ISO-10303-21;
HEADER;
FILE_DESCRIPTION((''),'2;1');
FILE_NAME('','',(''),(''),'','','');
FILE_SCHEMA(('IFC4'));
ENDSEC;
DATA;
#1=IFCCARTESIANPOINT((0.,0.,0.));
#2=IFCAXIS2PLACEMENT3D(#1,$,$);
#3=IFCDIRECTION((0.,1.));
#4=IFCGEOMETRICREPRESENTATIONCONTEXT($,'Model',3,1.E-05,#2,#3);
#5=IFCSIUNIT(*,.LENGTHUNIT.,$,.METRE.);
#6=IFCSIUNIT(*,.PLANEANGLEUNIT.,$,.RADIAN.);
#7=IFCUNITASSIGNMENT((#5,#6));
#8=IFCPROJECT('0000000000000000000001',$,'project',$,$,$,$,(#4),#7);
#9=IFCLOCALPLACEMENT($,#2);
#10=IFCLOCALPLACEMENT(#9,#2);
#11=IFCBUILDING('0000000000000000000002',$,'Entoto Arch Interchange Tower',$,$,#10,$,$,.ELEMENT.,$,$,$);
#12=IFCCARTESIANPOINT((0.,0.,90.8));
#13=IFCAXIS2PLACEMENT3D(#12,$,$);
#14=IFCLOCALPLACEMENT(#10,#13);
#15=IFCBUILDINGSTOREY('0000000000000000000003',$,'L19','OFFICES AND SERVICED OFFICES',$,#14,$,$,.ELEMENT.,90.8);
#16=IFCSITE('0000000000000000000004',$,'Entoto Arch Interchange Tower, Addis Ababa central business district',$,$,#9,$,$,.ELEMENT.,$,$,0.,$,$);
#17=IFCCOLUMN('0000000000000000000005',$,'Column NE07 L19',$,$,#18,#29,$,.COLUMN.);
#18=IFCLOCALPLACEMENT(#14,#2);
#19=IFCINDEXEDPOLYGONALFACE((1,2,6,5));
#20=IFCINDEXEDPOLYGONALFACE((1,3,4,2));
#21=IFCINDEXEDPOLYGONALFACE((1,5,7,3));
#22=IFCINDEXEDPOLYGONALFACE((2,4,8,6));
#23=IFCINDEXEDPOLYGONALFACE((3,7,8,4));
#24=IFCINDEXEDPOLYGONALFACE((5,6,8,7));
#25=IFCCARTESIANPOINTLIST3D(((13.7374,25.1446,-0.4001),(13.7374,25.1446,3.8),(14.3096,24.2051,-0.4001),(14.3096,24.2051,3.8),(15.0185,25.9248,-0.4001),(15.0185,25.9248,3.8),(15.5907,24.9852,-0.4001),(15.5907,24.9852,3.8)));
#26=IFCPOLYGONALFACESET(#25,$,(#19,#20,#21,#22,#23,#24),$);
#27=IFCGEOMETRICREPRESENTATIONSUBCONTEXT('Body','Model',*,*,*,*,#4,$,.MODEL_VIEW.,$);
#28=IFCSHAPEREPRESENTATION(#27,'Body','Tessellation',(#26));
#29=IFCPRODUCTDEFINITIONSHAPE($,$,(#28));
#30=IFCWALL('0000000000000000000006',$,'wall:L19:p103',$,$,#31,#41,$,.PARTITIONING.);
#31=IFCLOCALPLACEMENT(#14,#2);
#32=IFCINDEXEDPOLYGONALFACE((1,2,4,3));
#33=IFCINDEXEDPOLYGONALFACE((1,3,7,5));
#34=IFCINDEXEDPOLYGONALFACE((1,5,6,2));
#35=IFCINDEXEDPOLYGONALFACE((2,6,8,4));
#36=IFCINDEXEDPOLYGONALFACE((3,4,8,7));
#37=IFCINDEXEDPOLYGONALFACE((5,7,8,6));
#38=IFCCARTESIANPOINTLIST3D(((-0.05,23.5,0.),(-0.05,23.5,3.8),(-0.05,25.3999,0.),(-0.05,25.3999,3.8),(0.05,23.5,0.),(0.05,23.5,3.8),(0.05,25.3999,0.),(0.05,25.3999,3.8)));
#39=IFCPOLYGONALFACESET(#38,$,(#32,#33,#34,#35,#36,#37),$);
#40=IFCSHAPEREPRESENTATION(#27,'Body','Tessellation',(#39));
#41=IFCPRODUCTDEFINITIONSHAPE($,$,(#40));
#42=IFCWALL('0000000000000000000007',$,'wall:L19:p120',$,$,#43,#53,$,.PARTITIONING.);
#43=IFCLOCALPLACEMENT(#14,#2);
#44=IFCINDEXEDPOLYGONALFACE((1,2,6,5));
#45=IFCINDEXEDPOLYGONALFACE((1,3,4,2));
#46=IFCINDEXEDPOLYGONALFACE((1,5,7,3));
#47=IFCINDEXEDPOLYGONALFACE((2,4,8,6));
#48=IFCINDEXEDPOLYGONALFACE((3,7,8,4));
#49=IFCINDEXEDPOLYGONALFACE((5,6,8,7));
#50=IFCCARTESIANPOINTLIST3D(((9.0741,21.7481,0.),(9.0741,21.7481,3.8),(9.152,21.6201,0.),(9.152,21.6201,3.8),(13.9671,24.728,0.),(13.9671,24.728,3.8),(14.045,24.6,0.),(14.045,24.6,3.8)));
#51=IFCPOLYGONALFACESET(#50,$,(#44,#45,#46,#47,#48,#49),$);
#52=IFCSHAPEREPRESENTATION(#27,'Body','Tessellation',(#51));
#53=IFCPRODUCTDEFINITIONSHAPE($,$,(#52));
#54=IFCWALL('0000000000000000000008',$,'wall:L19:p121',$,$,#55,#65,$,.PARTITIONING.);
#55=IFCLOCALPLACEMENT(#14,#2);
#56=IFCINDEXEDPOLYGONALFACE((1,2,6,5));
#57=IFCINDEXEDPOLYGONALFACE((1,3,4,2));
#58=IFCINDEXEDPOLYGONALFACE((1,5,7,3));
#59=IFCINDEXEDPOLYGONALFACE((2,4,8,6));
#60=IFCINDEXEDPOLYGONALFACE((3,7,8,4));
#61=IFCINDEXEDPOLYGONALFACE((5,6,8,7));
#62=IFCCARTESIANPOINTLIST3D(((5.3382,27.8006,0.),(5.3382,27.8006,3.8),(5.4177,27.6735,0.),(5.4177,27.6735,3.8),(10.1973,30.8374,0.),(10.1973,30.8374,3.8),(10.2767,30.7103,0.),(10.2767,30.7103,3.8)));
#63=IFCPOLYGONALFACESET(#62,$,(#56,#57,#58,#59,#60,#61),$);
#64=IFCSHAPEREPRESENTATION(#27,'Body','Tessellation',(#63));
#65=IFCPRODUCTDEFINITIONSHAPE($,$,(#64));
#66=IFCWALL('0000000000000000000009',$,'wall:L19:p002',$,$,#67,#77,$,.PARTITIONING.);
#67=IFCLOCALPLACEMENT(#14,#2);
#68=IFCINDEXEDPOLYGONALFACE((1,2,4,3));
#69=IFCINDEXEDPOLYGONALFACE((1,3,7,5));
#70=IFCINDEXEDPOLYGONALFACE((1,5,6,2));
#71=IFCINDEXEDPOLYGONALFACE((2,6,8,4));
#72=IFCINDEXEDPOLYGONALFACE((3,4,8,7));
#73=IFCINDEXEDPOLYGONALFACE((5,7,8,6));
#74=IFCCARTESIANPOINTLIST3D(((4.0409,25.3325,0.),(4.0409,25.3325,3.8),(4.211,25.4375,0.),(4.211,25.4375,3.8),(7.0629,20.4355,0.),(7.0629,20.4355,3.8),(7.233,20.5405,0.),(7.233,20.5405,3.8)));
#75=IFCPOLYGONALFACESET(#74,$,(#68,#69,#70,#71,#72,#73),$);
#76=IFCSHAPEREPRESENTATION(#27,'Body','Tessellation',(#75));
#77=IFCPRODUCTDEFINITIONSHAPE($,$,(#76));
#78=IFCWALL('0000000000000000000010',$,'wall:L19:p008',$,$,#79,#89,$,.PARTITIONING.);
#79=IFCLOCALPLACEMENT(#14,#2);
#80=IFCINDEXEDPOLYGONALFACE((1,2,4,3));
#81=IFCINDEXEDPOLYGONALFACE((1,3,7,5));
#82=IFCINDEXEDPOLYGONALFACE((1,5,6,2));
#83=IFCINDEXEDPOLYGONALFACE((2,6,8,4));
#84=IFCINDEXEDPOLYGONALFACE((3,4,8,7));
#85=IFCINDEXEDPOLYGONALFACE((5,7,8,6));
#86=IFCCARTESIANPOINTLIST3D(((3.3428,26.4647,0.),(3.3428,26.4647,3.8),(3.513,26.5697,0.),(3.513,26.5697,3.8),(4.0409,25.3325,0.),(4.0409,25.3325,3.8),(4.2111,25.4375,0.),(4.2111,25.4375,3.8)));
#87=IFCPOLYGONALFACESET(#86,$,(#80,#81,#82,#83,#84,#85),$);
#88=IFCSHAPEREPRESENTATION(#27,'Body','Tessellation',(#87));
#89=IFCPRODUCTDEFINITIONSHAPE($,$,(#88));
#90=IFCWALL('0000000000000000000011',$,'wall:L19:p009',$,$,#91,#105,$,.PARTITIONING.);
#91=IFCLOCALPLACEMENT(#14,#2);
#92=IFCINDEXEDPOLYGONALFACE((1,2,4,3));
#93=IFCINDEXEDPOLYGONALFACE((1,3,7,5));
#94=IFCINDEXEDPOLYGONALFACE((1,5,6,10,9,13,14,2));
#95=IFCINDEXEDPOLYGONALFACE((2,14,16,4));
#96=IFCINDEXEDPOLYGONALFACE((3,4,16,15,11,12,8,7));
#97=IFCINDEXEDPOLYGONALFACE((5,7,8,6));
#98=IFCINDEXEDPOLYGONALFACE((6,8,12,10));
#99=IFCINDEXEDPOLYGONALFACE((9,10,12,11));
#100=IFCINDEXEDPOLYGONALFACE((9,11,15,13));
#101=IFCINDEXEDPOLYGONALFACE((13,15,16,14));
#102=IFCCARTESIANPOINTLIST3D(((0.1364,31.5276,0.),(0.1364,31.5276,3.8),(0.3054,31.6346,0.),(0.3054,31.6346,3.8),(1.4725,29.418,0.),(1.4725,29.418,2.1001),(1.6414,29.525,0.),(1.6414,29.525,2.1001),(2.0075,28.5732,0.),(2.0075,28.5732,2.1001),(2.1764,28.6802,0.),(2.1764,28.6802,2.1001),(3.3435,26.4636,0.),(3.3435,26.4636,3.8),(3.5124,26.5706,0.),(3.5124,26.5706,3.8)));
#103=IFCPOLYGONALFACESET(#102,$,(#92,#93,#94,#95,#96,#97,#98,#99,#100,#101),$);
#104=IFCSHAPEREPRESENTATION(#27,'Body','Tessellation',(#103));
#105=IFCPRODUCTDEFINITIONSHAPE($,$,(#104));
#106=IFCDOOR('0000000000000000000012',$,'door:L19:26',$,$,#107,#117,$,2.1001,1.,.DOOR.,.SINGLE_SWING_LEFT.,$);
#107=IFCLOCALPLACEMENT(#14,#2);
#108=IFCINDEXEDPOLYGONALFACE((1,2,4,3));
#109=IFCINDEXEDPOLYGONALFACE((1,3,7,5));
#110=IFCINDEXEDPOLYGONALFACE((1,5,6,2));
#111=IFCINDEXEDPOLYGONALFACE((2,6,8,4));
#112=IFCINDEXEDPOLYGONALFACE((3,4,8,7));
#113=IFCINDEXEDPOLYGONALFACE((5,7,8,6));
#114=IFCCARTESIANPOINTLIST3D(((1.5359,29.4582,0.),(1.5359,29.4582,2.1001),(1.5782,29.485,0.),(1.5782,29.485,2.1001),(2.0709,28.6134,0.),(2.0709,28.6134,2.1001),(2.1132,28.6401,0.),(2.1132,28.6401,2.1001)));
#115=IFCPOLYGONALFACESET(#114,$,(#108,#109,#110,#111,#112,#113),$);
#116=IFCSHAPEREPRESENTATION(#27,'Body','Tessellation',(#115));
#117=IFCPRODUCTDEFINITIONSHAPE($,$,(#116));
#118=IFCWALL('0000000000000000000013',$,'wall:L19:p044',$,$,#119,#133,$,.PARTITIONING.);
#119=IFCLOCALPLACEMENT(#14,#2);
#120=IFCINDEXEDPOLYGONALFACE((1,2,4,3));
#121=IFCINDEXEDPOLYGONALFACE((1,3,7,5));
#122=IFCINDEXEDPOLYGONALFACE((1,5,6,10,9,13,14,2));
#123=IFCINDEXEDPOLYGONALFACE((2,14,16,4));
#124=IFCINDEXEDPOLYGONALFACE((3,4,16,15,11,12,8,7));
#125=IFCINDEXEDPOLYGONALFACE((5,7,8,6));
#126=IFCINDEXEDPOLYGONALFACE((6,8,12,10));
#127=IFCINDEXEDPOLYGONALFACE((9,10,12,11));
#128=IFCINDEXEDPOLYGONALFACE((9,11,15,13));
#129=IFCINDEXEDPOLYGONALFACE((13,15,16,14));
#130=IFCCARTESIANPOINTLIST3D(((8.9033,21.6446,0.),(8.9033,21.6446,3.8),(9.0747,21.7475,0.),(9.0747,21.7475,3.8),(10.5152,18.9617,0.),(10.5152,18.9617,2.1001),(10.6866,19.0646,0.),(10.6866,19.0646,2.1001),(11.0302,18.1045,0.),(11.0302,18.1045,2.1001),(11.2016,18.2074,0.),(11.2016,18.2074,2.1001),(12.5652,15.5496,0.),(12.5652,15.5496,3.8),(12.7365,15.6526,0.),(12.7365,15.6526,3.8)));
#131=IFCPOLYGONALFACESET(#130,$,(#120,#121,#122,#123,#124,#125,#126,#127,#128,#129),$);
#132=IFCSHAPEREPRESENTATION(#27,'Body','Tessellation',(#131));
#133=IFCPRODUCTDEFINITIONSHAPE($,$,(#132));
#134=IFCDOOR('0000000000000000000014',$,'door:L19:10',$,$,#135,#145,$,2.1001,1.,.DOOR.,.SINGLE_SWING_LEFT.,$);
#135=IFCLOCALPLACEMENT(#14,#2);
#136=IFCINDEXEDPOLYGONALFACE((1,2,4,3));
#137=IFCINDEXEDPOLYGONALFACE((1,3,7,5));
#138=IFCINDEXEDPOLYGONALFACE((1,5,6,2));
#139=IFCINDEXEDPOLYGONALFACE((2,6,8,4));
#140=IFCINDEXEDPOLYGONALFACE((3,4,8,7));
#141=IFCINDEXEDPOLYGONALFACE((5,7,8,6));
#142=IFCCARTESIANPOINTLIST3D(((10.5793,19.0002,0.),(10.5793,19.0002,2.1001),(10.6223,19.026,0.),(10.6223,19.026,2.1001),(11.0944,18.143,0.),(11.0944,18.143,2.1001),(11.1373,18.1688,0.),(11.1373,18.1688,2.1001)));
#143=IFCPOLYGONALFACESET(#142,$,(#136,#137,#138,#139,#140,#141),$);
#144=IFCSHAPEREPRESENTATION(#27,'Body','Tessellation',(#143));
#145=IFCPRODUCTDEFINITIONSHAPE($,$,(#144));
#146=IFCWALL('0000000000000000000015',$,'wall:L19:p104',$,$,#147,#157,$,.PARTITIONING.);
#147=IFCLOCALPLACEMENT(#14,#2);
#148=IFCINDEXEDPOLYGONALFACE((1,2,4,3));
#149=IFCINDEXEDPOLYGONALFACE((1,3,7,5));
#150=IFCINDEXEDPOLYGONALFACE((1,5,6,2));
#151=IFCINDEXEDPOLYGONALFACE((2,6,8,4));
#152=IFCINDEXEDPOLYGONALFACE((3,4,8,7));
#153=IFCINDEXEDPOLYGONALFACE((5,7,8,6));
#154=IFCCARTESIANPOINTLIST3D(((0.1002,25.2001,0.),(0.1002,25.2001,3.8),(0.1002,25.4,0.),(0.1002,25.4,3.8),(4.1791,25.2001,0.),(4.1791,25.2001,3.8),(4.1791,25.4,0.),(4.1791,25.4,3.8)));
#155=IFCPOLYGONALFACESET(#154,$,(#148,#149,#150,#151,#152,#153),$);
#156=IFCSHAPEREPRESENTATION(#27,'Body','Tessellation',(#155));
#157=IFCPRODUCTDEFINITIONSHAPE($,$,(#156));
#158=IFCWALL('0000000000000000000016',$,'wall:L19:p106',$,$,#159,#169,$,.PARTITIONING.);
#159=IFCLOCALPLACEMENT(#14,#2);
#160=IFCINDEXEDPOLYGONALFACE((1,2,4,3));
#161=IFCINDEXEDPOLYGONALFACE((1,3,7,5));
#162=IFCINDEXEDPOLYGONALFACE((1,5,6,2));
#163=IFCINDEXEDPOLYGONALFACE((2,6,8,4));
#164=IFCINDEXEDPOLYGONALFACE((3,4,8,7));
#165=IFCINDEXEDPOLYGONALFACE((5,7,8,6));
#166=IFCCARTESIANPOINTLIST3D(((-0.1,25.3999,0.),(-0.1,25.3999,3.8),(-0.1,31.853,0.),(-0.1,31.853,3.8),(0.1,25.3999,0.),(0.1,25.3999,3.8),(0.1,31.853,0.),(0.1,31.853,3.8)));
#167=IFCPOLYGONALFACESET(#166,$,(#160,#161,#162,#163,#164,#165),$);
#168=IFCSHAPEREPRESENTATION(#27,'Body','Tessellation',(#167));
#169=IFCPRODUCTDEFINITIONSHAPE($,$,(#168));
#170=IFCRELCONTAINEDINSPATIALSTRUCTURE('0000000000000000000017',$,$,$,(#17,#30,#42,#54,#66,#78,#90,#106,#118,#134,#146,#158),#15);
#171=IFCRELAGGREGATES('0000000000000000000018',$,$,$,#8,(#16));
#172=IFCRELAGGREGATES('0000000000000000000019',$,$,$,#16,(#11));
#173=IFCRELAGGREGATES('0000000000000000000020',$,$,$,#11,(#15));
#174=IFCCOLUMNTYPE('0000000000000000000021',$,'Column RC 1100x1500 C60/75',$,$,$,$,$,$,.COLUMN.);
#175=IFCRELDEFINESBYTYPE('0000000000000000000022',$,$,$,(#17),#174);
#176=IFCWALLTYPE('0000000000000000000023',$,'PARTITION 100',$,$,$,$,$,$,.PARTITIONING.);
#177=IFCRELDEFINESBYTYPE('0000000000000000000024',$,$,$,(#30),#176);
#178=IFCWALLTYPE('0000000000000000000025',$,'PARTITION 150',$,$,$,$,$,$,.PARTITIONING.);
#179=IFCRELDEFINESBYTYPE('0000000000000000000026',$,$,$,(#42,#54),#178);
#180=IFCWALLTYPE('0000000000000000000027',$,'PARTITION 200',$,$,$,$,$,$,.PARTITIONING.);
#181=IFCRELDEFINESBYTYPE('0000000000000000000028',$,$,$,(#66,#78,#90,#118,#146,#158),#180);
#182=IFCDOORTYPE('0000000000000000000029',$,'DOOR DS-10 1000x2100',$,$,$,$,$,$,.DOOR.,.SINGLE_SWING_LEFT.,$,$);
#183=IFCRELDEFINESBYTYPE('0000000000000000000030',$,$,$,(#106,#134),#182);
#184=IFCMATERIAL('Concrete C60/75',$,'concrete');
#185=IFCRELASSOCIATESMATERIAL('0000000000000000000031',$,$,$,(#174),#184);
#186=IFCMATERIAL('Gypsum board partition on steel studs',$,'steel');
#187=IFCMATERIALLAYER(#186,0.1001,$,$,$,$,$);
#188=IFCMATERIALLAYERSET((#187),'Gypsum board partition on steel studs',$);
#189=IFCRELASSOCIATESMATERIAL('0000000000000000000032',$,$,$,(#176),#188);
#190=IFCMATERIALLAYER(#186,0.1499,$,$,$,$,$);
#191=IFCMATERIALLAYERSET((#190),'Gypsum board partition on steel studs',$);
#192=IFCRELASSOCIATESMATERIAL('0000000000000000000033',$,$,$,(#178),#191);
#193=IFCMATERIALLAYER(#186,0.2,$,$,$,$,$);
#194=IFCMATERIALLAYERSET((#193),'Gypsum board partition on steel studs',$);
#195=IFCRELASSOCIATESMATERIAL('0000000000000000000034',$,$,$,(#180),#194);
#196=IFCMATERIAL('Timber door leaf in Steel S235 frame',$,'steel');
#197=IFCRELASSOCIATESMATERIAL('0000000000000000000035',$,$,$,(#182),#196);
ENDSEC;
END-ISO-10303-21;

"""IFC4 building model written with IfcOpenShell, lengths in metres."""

from ifc_helpers import new_model, si_unit, direction, frame, frame_2d, origin, origin_2d, place, context, subcontext, project, spatial, rectangle, extrude, material, layer, layer_set, material_profile, profile_set, type_object, element, fill, save


model = new_model("IFC4")

# Units and contexts
model_context = context("Model", 3, precision=1e-05, world=origin(), true_north=direction((0.0, 1.0)))
body_context = subcontext(model_context, "Body", "Model", "MODEL_VIEW")
ifc_project = project(units=[si_unit("LENGTHUNIT", "METRE"), si_unit("PLANEANGLEUNIT", "RADIAN")], contexts=[model_context])

# Site, building, storey
site_placement = place(None, origin())
site = spatial("IfcSite", under=ifc_project, at=site_placement, Name="Entoto Arch Interchange Tower, Addis Ababa central business district", CompositionType="ELEMENT", RefElevation=0.0)
building_placement = place(site_placement, origin())
building = spatial("IfcBuilding", under=site, at=building_placement, Name="Entoto Arch Interchange Tower", CompositionType="ELEMENT")
storey_placement = place(building_placement, frame((0.0, 0.0, 90.8)))
storey = spatial("IfcBuildingStorey", under=building, at=storey_placement, Name="L19", Description="OFFICES AND SERVICED OFFICES", CompositionType="ELEMENT", Elevation=90.8)

# Column
ifc_material_1 = material(Name="Concrete C60/75", Category="concrete")
ifc_material_profile = material_profile(ifc_material_1, rectangle(XDim=1.1001, YDim=1.5, at=origin_2d()))
ifc_profile_set = profile_set([ifc_material_profile], Name="Concrete C60/75")
column_type = type_object("IfcColumnType", Name="Column RC 1100x1500 C60/75", PredefinedType="COLUMN", material=ifc_profile_set)
column_placement = place(storey_placement, frame((14.6641, 25.0649, -0.4001), z_axis=(0.0, 0.0, 1.0), x_axis=(-0.520116, 0.854096, 0.0)))
element("IfcColumn", 1, at=column_placement, inside=storey, type_object=column_type, Name="Column NE07 L19", PredefinedType="COLUMN", context=body_context, shape_type="SweptSolid", body=[
    extrude(rectangle(XDim=1.1001, YDim=1.5, at=origin_2d()), origin(), (0.0, 0.0, 1.0), 4.2002),
])

# Walls
ifc_material_2 = material(Name="Gypsum board partition on steel studs", Category="steel")
ifc_layer_1 = layer(ifc_material_2, 0.1001)
ifc_layer_set_1 = layer_set([ifc_layer_1], Name="Gypsum board partition on steel studs")
wall_type_1 = type_object("IfcWallType", Name="PARTITION 100", PredefinedType="PARTITIONING", material=ifc_layer_set_1)
wall_1_placement = place(storey_placement, frame((0.0, 23.5, 0.0), z_axis=(0.0, 0.0, 1.0), x_axis=(0.0, 1.0, 0.0)))
element("IfcWall", 2, at=wall_1_placement, inside=storey, type_object=wall_type_1, Name="wall:L19:p103", PredefinedType="PARTITIONING", context=body_context, shape_type="SweptSolid", body=[
    extrude(rectangle(XDim=1.8999, YDim=0.1001, at=frame_2d((0.95, 0.0))), origin(), (0.0, 0.0, 1.0), 3.8),
])
ifc_layer_2 = layer(ifc_material_2, 0.1499)
ifc_layer_set_2 = layer_set([ifc_layer_2], Name="Gypsum board partition on steel studs")
wall_type_2 = type_object("IfcWallType", Name="PARTITION 150", PredefinedType="PARTITIONING", material=ifc_layer_set_2)
wall_2_placement = place(storey_placement, frame((9.113, 21.6841, 0.0), z_axis=(0.0, 0.0, 1.0), x_axis=(0.854075, 0.52015, 0.0)))
element("IfcWall", 3, at=wall_2_placement, inside=storey, type_object=wall_type_2, Name="wall:L19:p120", PredefinedType="PARTITIONING", context=body_context, shape_type="SweptSolid", body=[
    extrude(rectangle(XDim=5.729, YDim=0.1499, at=frame_2d((2.8645, 0.0))), origin(), (0.0, 0.0, 1.0), 3.8),
])
wall_3_placement = place(storey_placement, frame((5.3779, 27.7371, 0.0), z_axis=(0.0, 0.0, 1.0), x_axis=(0.848005, 0.529987, 0.0)))
element("IfcWall", 4, at=wall_3_placement, inside=storey, type_object=wall_type_2, Name="wall:L19:p121", PredefinedType="PARTITIONING", context=body_context, shape_type="SweptSolid", body=[
    extrude(rectangle(XDim=5.73, YDim=0.1499, at=frame_2d((2.865, 0.0))), origin(), (0.0, 0.0, 1.0), 3.8),
])
ifc_layer_3 = layer(ifc_material_2, 0.2)
ifc_layer_set_3 = layer_set([ifc_layer_3], Name="Gypsum board partition on steel studs")
wall_type_3 = type_object("IfcWallType", Name="PARTITION 200", PredefinedType="PARTITIONING", material=ifc_layer_set_3)
wall_4_placement = place(storey_placement, frame((7.1479, 20.488, 0.0), z_axis=(0.0, 0.0, 1.0), x_axis=(-0.525162, 0.851002, 0.0)))
element("IfcWall", 5, at=wall_4_placement, inside=storey, type_object=wall_type_3, Name="wall:L19:p002", PredefinedType="PARTITIONING", context=body_context, shape_type="SweptSolid", body=[
    extrude(rectangle(XDim=5.7544, YDim=0.2, at=frame_2d((2.8772, 0.0))), origin(), (0.0, 0.0, 1.0), 3.8),
])
wall_5_placement = place(storey_placement, frame((4.126, 25.385, 0.0), z_axis=(0.0, 0.0, 1.0), x_axis=(-0.524824, 0.851211, 0.0)))
element("IfcWall", 6, at=wall_5_placement, inside=storey, type_object=wall_type_3, Name="wall:L19:p008", PredefinedType="PARTITIONING", context=body_context, shape_type="SweptSolid", body=[
    extrude(rectangle(XDim=1.3301, YDim=0.2, at=frame_2d((0.665, 0.0))), origin(), (0.0, 0.0, 1.0), 3.8),
])

# Walls, openings, doors
wall_6_placement = place(storey_placement, frame((3.428, 26.5171, 0.0), z_axis=(0.0, 0.0, 1.0), x_axis=(-0.535035, 0.84483, 0.0)))
wall_6 = element("IfcWall", 7, at=wall_6_placement, inside=storey, type_object=wall_type_3, Name="wall:L19:p009", PredefinedType="PARTITIONING", context=body_context, shape_type="SweptSolid", body=[
    extrude(rectangle(XDim=5.9941, YDim=0.2, at=frame_2d((2.9971, 0.0))), origin(), (0.0, 0.0, 1.0), 3.8),
])
opening_1_placement = place(wall_6_placement, frame((2.4971, 0.0, 0.0)))
opening_1 = element("IfcOpeningElement", 8, at=opening_1_placement, cuts=wall_6, PredefinedType="OPENING", context=body_context, shape_type="SweptSolid", body=[
    extrude(rectangle(XDim=1.0, YDim=2.1001, at=frame_2d((0.5, 1.05))), frame((0.0, 0.1099, 0.0), z_axis=(0.0, -1.0, 0.0), x_axis=(1.0, 0.0, 0.0)), (0.0, 0.0, 1.0), 0.22),
])
ifc_material_3 = material(Name="Timber door leaf in Steel S235 frame", Category="steel")
door_type = type_object("IfcDoorType", Name="DOOR DS-10 1000x2100", OperationType="SINGLE_SWING_LEFT", PredefinedType="DOOR", material=ifc_material_3)
door_1_placement = place(opening_1_placement, origin())
door_1 = element("IfcDoor", 9, at=door_1_placement, inside=storey, type_object=door_type, Name="door:L19:26", OperationType="SINGLE_SWING_LEFT", OverallHeight=2.1001, OverallWidth=1.0, PredefinedType="DOOR", context=body_context, shape_type="SweptSolid", body=[
    extrude(rectangle(XDim=1.0, YDim=2.1001, at=frame_2d((0.5, 1.05))), frame((0.0, 0.0249, 0.0), z_axis=(0.0, -1.0, 0.0), x_axis=(1.0, 0.0, 0.0)), (0.0, 0.0, 1.0), 0.05),
])
fill(opening_1, door_1)
wall_7_placement = place(storey_placement, frame((8.989, 21.696, 0.0), z_axis=(0.0, 0.0, 1.0), x_axis=(0.515001, -0.85719, 0.0)))
wall_7 = element("IfcWall", 10, at=wall_7_placement, inside=storey, type_object=wall_type_3, Name="wall:L19:p044", PredefinedType="PARTITIONING", context=body_context, shape_type="SweptSolid", body=[
    extrude(rectangle(XDim=7.1104, YDim=0.2, at=frame_2d((3.5552, 0.0))), origin(), (0.0, 0.0, 1.0), 3.8),
])
opening_2_placement = place(wall_7_placement, frame((3.1299, 0.0, 0.0)))
opening_2 = element("IfcOpeningElement", 11, at=opening_2_placement, cuts=wall_7, PredefinedType="OPENING", context=body_context, shape_type="SweptSolid", body=[
    extrude(rectangle(XDim=1.0, YDim=2.1001, at=frame_2d((0.5, 1.05))), frame((0.0, 0.1099, 0.0), z_axis=(0.0, -1.0, 0.0), x_axis=(1.0, 0.0, 0.0)), (0.0, 0.0, 1.0), 0.22),
])
door_2_placement = place(opening_2_placement, origin())
door_2 = element("IfcDoor", 12, at=door_2_placement, inside=storey, type_object=door_type, Name="door:L19:10", OperationType="SINGLE_SWING_LEFT", OverallHeight=2.1001, OverallWidth=1.0, PredefinedType="DOOR", context=body_context, shape_type="SweptSolid", body=[
    extrude(rectangle(XDim=1.0, YDim=2.1001, at=frame_2d((0.5, 1.05))), frame((0.0, 0.0249, 0.0), z_axis=(0.0, -1.0, 0.0), x_axis=(1.0, 0.0, 0.0)), (0.0, 0.0, 1.0), 0.05),
])
fill(opening_2, door_2)

# Walls
wall_8_placement = place(storey_placement, frame((0.1001, 25.3, 0.0), z_axis=(0.0, 0.0, 1.0), x_axis=(1.0, 0.0, 0.0)))
element("IfcWall", 13, at=wall_8_placement, inside=storey, type_object=wall_type_3, Name="wall:L19:p104", PredefinedType="PARTITIONING", context=body_context, shape_type="SweptSolid", body=[
    extrude(rectangle(XDim=4.0789, YDim=0.2, at=frame_2d((2.0396, 0.0))), origin(), (0.0, 0.0, 1.0), 3.8),
])
wall_9_placement = place(storey_placement, frame((0.0, 25.3999, 0.0), z_axis=(0.0, 0.0, 1.0), x_axis=(0.0, 1.0, 0.0)))
element("IfcWall", 14, at=wall_9_placement, inside=storey, type_object=wall_type_3, Name="wall:L19:p106", PredefinedType="PARTITIONING", context=body_context, shape_type="SweptSolid", body=[
    extrude(rectangle(XDim=6.4531, YDim=0.2, at=frame_2d((3.2266, 0.0))), origin(), (0.0, 0.0, 1.0), 3.8),
])

save(model, "model.ifc")
